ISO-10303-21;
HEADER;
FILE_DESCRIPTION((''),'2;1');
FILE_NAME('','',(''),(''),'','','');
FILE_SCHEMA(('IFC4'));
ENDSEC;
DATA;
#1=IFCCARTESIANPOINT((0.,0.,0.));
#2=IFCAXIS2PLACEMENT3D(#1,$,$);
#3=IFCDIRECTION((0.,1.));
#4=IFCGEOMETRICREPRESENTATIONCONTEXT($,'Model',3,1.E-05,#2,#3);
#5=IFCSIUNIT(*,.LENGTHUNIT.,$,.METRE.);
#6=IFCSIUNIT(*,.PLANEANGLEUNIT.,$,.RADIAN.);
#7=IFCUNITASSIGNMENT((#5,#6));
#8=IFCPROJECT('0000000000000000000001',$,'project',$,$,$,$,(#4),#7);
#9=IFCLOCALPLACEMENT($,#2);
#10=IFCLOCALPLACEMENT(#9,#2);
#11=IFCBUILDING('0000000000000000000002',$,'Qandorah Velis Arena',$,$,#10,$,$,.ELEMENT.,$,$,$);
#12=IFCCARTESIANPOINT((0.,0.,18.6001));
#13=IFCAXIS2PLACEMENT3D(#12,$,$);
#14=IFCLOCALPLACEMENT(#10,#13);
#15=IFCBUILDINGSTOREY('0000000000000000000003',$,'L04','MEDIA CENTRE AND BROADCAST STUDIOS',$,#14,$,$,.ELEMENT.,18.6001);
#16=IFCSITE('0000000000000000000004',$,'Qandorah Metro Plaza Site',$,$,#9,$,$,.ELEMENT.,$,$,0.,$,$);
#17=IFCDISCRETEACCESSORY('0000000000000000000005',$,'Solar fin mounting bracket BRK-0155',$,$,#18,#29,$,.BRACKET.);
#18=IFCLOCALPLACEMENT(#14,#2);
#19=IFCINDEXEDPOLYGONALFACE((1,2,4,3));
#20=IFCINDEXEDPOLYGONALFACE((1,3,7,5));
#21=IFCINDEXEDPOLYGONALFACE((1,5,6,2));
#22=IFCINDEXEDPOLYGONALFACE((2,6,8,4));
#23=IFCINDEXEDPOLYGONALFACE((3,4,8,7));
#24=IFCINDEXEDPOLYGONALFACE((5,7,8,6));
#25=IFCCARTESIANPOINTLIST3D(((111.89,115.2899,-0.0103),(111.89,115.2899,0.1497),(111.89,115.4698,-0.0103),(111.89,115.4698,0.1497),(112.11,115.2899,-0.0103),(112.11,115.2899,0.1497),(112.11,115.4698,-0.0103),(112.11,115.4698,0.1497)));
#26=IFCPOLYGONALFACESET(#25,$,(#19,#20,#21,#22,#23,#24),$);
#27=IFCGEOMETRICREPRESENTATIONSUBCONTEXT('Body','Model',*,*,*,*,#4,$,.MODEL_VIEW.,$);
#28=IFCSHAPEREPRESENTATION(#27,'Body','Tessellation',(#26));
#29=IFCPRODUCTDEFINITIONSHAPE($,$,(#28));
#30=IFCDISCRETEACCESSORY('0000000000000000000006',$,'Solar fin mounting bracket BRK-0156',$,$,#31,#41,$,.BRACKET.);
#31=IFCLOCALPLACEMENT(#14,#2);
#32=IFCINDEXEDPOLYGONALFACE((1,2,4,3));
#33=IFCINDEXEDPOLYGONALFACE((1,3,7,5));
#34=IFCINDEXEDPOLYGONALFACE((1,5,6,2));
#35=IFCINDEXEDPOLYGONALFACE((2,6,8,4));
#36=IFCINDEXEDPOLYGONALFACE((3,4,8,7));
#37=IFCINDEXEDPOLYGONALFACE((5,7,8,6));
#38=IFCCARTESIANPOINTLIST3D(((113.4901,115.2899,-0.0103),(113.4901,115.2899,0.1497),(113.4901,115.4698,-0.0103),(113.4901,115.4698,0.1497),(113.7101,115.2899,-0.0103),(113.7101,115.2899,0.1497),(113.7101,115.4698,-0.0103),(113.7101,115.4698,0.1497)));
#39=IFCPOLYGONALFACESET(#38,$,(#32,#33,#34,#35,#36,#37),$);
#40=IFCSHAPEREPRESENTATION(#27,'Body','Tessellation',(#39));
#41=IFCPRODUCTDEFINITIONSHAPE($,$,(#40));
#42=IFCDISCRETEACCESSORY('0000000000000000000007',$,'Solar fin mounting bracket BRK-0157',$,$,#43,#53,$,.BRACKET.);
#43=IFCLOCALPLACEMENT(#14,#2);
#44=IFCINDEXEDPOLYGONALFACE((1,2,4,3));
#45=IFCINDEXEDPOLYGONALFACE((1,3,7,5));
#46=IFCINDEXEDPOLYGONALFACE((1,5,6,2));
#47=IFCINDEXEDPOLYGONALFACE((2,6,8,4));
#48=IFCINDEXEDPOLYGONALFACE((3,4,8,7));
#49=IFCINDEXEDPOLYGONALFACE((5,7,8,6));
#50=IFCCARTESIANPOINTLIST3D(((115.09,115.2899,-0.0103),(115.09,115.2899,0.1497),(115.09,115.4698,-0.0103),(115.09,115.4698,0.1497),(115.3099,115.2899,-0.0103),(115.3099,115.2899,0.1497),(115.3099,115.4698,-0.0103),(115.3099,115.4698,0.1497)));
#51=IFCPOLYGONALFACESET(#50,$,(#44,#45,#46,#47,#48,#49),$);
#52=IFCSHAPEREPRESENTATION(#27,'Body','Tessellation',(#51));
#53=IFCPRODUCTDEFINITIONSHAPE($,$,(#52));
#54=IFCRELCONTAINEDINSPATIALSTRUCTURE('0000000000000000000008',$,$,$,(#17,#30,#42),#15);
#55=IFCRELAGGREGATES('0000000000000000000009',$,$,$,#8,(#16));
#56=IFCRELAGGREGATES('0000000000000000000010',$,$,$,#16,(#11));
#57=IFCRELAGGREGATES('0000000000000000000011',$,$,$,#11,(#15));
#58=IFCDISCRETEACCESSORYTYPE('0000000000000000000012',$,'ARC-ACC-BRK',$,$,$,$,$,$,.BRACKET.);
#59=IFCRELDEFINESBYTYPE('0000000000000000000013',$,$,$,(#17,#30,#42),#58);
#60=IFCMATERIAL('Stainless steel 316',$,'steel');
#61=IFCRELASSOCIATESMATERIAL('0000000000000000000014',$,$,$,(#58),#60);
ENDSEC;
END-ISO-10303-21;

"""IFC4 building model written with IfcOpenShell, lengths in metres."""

from ifc_helpers import new_model, si_unit, direction, frame, origin, origin_2d, place, context, subcontext, project, spatial, rectangle, extrude, material, type_object, element, save


model = new_model("IFC4")

# Units and contexts
model_context = context("Model", 3, precision=1e-05, world=origin(), true_north=direction((0.0, 1.0)))
body_context = subcontext(model_context, "Body", "Model", "MODEL_VIEW")
ifc_project = project(units=[si_unit("LENGTHUNIT", "METRE"), si_unit("PLANEANGLEUNIT", "RADIAN")], contexts=[model_context])

# Site, building, storey
site_placement = place(None, origin())
site = spatial("IfcSite", under=ifc_project, at=site_placement, Name="Qandorah Metro Plaza Site", CompositionType="ELEMENT", RefElevation=0.0)
building_placement = place(site_placement, origin())
building = spatial("IfcBuilding", under=site, at=building_placement, Name="Qandorah Velis Arena", CompositionType="ELEMENT")
storey_placement = place(building_placement, frame((0.0, 0.0, 18.6001)))
storey = spatial("IfcBuildingStorey", under=building, at=storey_placement, Name="L04", Description="MEDIA CENTRE AND BROADCAST STUDIOS", CompositionType="ELEMENT", Elevation=18.6001)

# Discrete accessories
ifc_material_1 = material(Name="Stainless steel 316", Category="steel")
discrete_accessory_type = type_object("IfcDiscreteAccessoryType", Name="ARC-ACC-BRK", PredefinedType="BRACKET", material=ifc_material_1)
for number, where, z_axis, x_axis, name in (
    (1, (112.0, 115.3799, -0.0103), (0.0, 0.0, 1.0), (1.0, 0.0, 0.0), "Solar fin mounting bracket BRK-0155"),
    (2, (113.6001, 115.3799, -0.0103), (0.0, 0.0, 1.0), (1.0, 0.0, 0.0), "Solar fin mounting bracket BRK-0156"),
    (3, (115.2, 115.3799, -0.0103), (0.0, 0.0, 1.0), (1.0, 0.0, 0.0), "Solar fin mounting bracket BRK-0157"),
):
    element("IfcDiscreteAccessory", number, at=place(storey_placement, frame(where, z_axis=z_axis, x_axis=x_axis)), inside=storey, type_object=discrete_accessory_type, Name=name, PredefinedType="BRACKET", context=body_context, shape_type="SweptSolid", body=[
        extrude(rectangle(XDim=0.22, YDim=0.1799, at=origin_2d()), origin(), (0.0, 0.0, 1.0), 0.1599),
    ])

save(model, "model.ifc")
